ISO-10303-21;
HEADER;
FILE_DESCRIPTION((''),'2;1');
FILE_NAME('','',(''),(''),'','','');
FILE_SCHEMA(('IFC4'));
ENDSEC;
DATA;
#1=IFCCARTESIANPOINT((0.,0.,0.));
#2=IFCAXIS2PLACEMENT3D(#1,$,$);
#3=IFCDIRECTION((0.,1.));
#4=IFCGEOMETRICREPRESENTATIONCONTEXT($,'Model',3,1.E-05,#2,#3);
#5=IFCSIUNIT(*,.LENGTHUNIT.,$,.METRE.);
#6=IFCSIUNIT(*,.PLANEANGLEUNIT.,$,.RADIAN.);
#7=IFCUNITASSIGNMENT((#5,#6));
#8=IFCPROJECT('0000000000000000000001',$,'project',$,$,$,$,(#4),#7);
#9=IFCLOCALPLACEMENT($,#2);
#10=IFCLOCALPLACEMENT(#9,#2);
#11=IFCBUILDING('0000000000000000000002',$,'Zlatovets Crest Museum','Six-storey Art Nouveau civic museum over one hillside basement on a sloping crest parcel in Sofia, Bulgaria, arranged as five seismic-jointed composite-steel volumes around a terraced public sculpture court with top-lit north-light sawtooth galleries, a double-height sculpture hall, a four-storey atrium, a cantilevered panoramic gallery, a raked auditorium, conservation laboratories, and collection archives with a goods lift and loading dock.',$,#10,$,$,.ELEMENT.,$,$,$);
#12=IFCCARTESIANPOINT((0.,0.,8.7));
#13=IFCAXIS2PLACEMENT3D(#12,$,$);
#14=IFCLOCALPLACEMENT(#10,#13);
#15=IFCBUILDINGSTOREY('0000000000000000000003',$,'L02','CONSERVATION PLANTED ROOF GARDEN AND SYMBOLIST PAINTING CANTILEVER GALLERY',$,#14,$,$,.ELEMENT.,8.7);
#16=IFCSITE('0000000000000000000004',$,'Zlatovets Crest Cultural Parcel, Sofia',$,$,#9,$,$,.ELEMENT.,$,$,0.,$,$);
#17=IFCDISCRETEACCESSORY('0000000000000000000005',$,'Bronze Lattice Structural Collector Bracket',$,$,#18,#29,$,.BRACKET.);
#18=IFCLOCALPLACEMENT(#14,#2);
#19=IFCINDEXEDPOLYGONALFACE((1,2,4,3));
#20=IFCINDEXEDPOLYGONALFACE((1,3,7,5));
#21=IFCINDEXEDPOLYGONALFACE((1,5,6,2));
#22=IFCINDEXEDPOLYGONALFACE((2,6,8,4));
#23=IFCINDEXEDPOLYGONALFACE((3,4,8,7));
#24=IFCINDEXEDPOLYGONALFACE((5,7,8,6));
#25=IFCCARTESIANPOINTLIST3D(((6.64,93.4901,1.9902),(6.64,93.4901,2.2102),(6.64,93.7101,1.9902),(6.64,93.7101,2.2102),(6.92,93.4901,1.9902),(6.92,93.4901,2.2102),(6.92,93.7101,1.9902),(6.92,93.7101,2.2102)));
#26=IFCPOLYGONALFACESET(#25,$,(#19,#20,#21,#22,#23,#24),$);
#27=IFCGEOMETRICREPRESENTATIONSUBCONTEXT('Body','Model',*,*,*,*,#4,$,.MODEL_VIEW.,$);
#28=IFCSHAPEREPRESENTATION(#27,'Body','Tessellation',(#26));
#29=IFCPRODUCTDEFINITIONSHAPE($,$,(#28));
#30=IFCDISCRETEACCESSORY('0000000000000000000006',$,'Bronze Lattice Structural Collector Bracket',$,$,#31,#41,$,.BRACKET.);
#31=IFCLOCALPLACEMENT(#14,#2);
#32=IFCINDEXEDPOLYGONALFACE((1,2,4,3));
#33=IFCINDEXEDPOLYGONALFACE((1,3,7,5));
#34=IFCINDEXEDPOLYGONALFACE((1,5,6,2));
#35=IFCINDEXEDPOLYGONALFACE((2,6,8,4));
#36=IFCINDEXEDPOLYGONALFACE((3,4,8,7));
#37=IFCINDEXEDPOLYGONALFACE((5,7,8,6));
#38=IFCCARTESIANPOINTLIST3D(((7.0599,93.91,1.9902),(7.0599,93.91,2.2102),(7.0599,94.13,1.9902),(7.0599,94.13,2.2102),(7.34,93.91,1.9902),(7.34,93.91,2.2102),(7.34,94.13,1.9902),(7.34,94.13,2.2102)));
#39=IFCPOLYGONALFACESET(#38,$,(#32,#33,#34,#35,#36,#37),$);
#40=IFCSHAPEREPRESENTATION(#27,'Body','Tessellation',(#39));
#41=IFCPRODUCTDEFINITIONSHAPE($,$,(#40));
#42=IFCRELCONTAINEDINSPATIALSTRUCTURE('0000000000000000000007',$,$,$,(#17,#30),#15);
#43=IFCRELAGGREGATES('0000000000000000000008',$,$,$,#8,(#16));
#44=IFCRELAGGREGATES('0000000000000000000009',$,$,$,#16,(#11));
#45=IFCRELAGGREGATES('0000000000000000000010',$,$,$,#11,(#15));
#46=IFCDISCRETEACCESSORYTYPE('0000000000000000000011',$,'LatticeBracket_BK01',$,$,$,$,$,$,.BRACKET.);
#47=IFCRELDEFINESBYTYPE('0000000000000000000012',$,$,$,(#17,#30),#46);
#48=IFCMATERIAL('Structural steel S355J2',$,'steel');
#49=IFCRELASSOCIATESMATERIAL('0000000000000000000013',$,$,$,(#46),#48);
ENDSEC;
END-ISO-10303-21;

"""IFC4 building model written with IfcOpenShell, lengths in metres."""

from ifc_helpers import new_model, si_unit, direction, frame, origin, origin_2d, place, context, subcontext, project, spatial, rectangle, extrude, material, type_object, element, save


model = new_model("IFC4")

# Units and contexts
model_context = context("Model", 3, precision=1e-05, world=origin(), true_north=direction((0.0, 1.0)))
body_context = subcontext(model_context, "Body", "Model", "MODEL_VIEW")
ifc_project = project(units=[si_unit("LENGTHUNIT", "METRE"), si_unit("PLANEANGLEUNIT", "RADIAN")], contexts=[model_context])

# Site, building, storey
site_placement = place(None, origin())
site = spatial("IfcSite", under=ifc_project, at=site_placement, Name="Zlatovets Crest Cultural Parcel, Sofia", CompositionType="ELEMENT", RefElevation=0.0)
building_placement = place(site_placement, origin())
building = spatial("IfcBuilding", under=site, at=building_placement, Name="Zlatovets Crest Museum", Description="Six-storey Art Nouveau civic museum over one hillside basement on a sloping crest parcel in Sofia, Bulgaria, arranged as five seismic-jointed composite-steel volumes around a terraced public sculpture court with top-lit north-light sawtooth galleries, a double-height sculpture hall, a four-storey atrium, a cantilevered panoramic gallery, a raked auditorium, conservation laboratories, and collection archives with a goods lift and loading dock.", CompositionType="ELEMENT")
storey_placement = place(building_placement, frame((0.0, 0.0, 8.7)))
storey = spatial("IfcBuildingStorey", under=building, at=storey_placement, Name="L02", Description="CONSERVATION PLANTED ROOF GARDEN AND SYMBOLIST PAINTING CANTILEVER GALLERY", CompositionType="ELEMENT", Elevation=8.7)

# Shared definitions
ifc_material_1 = material(Name="Structural steel S355J2", Category="steel")

# Discrete accessories
discrete_accessory_type = type_object("IfcDiscreteAccessoryType", Name="LatticeBracket_BK01", PredefinedType="BRACKET", material=ifc_material_1)
for number, where, z_axis, x_axis, name in (
    (1, (6.78, 93.6001, 1.9902), (0.0, 0.0, 1.0), (1.0, 0.0, 0.0), "Bronze Lattice Structural Collector Bracket"),
    (2, (7.2, 94.02, 1.9902), (0.0, 0.0, 1.0), (1.0, 0.0, 0.0), "Bronze Lattice Structural Collector Bracket"),
):
    element("IfcDiscreteAccessory", number, at=place(storey_placement, frame(where, z_axis=z_axis, x_axis=x_axis)), inside=storey, type_object=discrete_accessory_type, Name=name, PredefinedType="BRACKET", context=body_context, shape_type="SweptSolid", body=[
        extrude(rectangle(XDim=0.28, YDim=0.22, at=origin_2d()), origin(), (0.0, 0.0, 1.0), 0.22),
    ])

save(model, "model.ifc")
